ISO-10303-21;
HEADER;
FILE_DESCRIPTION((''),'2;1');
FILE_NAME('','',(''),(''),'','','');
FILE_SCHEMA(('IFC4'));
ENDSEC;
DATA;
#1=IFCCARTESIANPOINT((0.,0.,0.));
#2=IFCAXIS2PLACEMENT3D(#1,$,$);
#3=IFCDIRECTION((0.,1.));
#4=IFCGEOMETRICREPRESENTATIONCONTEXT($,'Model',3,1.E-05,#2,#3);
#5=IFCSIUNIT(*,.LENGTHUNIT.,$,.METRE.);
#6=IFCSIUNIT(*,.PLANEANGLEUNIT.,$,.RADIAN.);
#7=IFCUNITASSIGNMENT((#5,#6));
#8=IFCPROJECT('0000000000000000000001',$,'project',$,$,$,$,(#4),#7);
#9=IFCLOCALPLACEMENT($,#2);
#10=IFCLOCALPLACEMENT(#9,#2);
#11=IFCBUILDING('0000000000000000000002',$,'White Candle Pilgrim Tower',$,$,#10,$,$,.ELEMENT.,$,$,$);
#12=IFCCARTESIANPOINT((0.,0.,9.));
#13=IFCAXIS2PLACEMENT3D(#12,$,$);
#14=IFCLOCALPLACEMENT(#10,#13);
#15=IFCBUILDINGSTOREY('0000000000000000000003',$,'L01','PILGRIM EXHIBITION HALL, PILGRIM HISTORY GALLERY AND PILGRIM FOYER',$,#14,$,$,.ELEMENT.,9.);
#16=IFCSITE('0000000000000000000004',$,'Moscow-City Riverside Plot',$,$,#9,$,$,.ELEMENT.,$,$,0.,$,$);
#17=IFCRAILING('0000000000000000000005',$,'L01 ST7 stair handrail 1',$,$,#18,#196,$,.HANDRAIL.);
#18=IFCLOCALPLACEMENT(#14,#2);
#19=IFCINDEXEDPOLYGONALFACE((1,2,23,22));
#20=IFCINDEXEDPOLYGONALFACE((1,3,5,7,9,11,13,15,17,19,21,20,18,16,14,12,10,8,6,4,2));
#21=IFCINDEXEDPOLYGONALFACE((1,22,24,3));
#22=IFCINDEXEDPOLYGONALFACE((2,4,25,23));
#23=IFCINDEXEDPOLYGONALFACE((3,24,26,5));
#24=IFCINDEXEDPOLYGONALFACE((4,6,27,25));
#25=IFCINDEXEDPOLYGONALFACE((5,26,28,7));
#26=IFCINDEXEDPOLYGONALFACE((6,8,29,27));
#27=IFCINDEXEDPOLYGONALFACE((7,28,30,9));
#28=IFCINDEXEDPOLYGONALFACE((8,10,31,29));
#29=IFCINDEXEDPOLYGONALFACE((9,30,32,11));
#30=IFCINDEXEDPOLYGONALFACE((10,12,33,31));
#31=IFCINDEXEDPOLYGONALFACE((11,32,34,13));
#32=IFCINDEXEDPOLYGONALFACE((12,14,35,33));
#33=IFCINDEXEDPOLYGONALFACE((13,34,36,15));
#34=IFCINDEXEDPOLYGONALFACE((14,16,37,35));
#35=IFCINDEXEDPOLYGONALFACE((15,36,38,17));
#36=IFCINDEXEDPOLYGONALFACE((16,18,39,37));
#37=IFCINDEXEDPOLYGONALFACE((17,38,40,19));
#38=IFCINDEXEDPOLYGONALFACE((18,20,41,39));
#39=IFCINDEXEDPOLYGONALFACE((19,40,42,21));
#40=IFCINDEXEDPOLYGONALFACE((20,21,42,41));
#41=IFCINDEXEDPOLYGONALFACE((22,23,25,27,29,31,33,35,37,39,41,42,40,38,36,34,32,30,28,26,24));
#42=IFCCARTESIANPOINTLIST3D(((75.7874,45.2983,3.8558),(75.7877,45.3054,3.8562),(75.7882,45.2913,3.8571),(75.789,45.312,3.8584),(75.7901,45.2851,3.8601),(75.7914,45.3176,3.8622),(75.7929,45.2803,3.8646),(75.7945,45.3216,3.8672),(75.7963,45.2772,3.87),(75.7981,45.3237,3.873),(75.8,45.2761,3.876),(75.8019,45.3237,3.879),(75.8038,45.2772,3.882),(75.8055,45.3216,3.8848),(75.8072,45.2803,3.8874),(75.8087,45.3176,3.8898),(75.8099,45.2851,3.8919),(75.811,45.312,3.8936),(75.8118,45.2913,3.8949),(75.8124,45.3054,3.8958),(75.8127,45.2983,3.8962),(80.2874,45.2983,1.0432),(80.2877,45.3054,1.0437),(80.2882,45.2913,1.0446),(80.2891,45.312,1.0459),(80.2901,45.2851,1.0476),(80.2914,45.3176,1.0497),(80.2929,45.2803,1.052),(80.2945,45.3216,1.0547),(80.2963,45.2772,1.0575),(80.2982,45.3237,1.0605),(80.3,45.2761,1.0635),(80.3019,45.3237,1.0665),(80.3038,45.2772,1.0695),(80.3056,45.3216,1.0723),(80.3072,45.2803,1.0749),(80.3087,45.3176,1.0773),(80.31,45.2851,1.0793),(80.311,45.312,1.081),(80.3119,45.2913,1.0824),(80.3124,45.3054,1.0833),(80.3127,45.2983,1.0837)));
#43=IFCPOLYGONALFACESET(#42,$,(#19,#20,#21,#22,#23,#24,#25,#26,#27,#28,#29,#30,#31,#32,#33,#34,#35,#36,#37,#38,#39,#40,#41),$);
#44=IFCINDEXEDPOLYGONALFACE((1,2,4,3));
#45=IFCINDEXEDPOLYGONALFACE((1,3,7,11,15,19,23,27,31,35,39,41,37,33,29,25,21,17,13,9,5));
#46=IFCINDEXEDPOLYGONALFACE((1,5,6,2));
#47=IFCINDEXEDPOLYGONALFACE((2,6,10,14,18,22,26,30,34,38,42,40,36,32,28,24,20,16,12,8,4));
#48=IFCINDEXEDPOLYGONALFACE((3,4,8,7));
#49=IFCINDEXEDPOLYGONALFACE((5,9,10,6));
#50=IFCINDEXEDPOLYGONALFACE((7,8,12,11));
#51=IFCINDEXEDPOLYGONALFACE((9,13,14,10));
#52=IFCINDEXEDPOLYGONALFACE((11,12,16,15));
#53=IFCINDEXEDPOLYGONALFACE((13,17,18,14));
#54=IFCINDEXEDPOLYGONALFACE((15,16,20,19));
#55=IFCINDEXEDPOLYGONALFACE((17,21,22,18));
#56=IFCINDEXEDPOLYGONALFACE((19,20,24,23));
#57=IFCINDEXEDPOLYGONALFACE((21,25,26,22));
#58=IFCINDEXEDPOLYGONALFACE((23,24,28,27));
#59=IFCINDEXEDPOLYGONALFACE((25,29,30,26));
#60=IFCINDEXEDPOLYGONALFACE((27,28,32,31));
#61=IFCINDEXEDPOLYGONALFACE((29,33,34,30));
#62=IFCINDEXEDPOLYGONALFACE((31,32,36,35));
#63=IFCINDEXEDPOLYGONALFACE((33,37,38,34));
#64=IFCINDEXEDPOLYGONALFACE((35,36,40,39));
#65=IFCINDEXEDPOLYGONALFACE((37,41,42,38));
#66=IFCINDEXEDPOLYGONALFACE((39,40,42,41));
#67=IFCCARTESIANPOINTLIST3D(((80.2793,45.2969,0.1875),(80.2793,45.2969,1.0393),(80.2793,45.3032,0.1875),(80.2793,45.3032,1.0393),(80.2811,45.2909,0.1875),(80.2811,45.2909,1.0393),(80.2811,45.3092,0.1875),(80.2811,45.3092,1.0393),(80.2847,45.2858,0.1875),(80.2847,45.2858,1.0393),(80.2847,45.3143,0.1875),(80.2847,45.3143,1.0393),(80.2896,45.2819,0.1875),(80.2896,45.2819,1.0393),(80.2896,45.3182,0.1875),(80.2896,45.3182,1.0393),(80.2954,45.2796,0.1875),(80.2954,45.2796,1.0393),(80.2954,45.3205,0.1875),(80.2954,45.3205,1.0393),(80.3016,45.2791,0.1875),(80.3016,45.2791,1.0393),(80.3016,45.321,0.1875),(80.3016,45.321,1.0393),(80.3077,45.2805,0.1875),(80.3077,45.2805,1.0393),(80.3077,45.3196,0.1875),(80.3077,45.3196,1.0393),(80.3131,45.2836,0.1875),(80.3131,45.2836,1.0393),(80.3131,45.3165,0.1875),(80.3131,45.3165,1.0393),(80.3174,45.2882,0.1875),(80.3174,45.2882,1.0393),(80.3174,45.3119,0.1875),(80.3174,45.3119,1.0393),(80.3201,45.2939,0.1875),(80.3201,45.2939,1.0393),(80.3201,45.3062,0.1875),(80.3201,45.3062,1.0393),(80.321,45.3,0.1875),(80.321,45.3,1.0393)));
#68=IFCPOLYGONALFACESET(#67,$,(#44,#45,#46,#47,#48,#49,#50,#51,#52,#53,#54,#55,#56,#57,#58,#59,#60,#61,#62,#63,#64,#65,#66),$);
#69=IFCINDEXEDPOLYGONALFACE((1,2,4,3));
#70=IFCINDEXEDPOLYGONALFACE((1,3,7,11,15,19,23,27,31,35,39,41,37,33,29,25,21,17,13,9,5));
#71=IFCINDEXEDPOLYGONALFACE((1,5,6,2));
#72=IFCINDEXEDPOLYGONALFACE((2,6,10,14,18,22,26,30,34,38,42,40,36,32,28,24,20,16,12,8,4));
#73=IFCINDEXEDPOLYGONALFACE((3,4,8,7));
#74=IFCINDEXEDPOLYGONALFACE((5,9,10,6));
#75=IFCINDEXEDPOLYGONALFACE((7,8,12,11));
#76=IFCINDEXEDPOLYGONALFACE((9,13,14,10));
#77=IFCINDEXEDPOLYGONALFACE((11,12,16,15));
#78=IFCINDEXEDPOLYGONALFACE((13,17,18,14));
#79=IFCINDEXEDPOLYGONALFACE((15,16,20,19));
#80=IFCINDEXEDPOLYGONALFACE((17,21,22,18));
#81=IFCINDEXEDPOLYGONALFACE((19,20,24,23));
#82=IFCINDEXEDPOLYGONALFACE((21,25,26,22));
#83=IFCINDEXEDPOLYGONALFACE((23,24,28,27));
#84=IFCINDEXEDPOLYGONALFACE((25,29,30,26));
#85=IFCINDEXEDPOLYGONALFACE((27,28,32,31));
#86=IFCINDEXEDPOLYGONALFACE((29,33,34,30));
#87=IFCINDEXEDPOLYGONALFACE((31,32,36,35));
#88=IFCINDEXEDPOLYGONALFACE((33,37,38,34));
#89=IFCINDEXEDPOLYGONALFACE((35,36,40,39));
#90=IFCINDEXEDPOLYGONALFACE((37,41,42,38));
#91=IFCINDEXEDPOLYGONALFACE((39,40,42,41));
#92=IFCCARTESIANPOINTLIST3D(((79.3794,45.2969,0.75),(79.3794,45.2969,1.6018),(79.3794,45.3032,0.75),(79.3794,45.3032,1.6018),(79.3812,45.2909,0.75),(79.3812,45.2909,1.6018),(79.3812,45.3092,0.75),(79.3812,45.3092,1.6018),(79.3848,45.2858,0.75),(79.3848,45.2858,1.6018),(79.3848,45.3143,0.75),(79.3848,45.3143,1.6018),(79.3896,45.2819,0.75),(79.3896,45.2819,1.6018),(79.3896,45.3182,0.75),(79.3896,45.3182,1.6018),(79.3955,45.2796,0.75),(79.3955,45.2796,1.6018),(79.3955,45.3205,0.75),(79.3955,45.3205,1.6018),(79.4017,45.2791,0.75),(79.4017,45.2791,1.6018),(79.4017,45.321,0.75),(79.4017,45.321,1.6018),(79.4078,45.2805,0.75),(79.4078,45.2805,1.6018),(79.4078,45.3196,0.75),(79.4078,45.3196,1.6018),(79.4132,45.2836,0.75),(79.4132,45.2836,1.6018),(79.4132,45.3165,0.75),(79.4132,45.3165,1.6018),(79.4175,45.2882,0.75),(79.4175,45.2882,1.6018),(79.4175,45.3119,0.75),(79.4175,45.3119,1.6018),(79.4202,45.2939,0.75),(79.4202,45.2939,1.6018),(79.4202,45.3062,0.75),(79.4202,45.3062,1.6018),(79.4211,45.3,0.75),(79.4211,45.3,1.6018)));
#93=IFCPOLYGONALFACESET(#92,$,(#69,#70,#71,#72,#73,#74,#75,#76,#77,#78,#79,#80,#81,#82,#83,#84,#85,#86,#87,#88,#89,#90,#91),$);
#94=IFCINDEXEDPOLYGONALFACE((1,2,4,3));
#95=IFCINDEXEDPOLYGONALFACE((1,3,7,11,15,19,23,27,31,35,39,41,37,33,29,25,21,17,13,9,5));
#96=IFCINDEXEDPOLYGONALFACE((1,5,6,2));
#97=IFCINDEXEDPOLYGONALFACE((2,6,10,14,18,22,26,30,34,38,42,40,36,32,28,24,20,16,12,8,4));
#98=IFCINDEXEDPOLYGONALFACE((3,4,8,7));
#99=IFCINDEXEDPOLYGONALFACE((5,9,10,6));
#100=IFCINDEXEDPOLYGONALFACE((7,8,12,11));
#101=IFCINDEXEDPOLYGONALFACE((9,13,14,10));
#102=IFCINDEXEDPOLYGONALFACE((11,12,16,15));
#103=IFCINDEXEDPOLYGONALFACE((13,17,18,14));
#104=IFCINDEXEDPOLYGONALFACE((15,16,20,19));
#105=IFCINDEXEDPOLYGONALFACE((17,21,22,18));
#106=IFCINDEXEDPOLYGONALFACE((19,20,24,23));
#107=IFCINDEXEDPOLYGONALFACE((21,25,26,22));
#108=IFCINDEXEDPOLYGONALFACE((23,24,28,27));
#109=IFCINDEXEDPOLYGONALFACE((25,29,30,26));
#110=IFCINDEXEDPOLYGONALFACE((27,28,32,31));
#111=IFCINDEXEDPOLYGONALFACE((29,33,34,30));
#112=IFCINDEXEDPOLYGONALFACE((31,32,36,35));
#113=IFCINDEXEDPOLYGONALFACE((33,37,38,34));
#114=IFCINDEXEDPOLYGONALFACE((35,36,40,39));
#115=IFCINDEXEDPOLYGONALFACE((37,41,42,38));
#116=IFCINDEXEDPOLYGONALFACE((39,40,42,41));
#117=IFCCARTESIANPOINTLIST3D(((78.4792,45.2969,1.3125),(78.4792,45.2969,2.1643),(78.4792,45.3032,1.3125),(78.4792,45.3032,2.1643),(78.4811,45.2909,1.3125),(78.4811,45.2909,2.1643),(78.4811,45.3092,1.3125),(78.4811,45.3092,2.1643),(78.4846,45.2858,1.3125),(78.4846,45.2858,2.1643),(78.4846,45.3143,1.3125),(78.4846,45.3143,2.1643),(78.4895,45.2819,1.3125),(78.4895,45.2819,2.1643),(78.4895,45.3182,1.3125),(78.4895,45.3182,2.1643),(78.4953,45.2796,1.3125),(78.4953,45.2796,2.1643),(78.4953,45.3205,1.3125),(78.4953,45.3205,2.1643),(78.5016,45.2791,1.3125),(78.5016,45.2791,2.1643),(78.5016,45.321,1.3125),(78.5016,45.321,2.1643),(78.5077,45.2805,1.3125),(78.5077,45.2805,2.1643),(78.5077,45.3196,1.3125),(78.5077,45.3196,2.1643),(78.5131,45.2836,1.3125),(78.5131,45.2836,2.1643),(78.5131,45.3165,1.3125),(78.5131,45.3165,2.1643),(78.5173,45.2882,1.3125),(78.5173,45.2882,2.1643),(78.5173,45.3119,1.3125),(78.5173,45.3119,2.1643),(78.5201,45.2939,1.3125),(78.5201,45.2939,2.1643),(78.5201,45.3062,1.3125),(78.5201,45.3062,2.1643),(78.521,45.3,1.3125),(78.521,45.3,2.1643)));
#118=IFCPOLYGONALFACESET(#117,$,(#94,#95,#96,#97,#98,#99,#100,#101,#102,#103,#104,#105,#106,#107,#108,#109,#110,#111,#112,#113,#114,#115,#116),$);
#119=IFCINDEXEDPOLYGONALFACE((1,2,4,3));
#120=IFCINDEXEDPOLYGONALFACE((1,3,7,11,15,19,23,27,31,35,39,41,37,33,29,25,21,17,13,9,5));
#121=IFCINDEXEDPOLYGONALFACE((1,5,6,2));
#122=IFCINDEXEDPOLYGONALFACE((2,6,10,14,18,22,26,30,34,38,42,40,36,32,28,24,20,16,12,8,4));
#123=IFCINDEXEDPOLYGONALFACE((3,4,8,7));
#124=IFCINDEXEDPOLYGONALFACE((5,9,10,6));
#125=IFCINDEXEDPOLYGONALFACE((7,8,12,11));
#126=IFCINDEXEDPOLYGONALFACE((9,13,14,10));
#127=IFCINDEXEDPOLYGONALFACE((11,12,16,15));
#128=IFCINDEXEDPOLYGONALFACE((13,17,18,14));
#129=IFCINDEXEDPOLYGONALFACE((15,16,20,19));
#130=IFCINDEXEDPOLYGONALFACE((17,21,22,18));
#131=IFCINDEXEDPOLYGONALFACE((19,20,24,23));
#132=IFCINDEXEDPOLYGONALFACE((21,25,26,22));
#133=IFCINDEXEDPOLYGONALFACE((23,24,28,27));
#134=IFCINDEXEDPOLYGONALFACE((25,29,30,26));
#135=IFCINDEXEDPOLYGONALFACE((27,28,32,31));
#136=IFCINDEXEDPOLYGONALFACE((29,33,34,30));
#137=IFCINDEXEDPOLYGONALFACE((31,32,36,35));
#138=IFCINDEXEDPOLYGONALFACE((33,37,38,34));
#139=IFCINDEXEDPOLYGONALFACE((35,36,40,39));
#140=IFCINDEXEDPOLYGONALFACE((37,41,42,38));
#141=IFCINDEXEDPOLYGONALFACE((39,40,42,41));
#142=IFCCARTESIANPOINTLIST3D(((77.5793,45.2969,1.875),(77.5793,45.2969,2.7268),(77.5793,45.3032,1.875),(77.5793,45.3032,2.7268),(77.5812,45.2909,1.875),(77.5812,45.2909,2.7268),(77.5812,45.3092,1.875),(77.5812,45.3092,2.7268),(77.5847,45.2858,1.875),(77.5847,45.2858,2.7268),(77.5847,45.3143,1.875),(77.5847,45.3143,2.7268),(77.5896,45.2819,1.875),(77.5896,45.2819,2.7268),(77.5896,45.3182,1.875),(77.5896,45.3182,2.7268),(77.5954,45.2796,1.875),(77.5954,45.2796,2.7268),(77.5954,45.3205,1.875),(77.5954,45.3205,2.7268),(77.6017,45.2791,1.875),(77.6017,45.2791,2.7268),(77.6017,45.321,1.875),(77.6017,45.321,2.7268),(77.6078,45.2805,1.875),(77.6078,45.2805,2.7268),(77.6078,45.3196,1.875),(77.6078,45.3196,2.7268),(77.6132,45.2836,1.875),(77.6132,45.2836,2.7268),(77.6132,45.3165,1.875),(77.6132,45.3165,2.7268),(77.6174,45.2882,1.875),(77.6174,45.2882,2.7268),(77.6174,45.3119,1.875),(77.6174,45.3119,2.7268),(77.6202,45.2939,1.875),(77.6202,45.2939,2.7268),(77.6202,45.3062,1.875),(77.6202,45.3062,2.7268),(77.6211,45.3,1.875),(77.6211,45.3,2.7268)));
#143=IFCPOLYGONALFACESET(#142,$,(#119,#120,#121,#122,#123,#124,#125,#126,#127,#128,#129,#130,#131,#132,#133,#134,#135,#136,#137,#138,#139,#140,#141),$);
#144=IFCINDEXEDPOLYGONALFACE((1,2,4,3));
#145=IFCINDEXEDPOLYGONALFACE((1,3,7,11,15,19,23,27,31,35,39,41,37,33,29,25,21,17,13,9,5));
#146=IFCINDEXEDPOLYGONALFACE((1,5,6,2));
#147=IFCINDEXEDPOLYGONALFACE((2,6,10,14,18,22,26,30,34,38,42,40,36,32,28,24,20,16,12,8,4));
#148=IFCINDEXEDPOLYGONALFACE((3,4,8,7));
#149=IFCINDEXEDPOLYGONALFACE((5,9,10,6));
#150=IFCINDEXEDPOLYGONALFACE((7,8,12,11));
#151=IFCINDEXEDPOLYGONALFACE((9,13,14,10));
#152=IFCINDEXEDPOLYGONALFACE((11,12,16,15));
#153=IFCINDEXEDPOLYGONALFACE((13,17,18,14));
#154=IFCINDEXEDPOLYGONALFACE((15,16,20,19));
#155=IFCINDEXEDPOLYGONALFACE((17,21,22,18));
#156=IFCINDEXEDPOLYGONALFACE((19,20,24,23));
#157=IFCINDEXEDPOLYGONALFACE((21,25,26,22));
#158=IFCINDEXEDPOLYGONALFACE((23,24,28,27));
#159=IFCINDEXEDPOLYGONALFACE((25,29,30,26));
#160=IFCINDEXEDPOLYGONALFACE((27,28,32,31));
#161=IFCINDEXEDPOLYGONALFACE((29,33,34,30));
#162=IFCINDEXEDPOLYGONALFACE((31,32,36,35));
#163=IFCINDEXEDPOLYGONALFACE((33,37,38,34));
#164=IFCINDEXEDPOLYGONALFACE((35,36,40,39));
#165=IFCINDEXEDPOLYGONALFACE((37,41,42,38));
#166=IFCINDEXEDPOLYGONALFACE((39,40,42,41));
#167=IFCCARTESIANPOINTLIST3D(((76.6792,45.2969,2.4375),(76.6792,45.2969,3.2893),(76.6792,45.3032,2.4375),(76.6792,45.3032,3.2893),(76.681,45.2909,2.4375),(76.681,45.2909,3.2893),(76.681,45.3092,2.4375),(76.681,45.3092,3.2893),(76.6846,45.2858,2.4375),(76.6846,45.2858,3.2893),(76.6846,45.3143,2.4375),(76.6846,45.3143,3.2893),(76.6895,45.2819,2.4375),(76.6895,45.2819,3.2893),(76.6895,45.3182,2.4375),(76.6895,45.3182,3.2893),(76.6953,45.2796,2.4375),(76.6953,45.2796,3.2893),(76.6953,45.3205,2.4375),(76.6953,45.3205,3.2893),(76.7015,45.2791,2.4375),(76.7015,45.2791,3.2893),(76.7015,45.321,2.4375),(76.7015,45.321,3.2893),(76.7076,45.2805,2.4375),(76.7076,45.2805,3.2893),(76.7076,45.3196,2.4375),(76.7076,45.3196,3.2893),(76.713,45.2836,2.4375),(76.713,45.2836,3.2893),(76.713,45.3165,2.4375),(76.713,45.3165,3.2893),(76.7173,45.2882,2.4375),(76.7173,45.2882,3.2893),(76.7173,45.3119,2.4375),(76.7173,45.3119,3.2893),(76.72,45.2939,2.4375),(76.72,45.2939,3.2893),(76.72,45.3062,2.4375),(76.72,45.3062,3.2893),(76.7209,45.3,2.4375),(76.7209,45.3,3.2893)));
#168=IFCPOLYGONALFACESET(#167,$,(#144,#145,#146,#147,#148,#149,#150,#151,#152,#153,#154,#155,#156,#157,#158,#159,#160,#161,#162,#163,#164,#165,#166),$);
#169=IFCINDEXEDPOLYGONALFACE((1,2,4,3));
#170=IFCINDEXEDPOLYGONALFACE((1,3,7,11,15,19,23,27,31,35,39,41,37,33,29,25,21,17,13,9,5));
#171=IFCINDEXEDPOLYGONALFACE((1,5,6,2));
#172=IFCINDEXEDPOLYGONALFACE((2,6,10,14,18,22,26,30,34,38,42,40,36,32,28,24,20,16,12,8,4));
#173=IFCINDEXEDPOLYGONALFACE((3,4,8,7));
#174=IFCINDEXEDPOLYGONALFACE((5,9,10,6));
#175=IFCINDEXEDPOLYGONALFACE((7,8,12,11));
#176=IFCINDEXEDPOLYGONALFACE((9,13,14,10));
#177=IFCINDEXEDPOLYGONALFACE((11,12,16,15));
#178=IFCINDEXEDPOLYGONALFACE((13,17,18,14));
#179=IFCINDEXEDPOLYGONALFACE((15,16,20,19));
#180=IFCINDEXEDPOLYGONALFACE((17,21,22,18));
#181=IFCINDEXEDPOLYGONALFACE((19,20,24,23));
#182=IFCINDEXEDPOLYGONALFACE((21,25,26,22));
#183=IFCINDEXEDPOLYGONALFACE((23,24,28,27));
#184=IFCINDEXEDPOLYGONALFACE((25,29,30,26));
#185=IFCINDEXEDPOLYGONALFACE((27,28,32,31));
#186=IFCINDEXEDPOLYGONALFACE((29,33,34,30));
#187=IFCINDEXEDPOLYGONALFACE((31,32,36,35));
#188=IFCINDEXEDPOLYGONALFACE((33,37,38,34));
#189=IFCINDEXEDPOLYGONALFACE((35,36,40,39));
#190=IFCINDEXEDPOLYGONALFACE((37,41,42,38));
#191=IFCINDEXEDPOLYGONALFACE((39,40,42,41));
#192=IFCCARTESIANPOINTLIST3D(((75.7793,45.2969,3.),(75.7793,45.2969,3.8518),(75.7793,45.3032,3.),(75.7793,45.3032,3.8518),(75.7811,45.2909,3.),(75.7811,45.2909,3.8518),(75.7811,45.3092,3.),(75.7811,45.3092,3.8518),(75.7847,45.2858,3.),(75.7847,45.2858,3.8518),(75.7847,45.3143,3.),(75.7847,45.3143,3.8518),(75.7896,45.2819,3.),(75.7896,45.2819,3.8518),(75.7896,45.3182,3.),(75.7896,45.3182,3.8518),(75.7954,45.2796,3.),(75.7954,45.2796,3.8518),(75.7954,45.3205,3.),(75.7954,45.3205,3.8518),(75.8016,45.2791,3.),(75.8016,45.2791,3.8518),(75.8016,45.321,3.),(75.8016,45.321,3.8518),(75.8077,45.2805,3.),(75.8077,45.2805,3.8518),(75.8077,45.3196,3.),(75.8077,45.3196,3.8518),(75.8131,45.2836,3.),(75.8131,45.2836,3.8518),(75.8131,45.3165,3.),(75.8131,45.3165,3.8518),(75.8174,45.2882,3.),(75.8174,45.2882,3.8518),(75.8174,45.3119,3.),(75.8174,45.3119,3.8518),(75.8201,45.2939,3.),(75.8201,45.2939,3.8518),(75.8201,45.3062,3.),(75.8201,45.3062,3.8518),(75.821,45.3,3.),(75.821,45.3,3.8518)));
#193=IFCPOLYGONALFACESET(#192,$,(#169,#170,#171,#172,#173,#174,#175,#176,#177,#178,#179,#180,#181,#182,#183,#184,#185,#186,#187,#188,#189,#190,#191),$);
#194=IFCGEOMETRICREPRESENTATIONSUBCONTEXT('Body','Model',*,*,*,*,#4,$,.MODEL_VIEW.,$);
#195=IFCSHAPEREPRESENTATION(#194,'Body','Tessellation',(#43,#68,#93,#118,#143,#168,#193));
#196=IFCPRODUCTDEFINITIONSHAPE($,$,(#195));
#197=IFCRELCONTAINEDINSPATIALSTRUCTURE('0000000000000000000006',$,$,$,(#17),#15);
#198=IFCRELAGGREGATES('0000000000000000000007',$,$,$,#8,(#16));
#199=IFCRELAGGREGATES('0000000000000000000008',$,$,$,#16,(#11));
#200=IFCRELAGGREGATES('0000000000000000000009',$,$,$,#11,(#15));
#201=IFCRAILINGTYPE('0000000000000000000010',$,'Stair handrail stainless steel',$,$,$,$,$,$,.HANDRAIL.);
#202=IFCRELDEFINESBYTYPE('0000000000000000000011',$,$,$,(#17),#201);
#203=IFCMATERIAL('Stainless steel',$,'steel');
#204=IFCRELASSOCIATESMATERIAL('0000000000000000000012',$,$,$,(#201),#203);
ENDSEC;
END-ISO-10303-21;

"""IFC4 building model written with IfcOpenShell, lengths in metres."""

from ifc_helpers import new_model, si_unit, direction, frame, origin, origin_2d, place, context, subcontext, project, spatial, circle, extrude, material, type_object, element, save


model = new_model("IFC4")

# Units and contexts
model_context = context("Model", 3, precision=1e-05, world=origin(), true_north=direction((0.0, 1.0)))
body_context = subcontext(model_context, "Body", "Model", "MODEL_VIEW")
ifc_project = project(units=[si_unit("LENGTHUNIT", "METRE"), si_unit("PLANEANGLEUNIT", "RADIAN")], contexts=[model_context])

# Site, building, storey
site_placement = place(None, origin())
site = spatial("IfcSite", under=ifc_project, at=site_placement, Name="Moscow-City Riverside Plot", CompositionType="ELEMENT", RefElevation=0.0)
building_placement = place(site_placement, origin())
building = spatial("IfcBuilding", under=site, at=building_placement, Name="White Candle Pilgrim Tower", CompositionType="ELEMENT")
storey_placement = place(building_placement, frame((0.0, 0.0, 9.0)))
storey = spatial("IfcBuildingStorey", under=building, at=storey_placement, Name="L01", Description="PILGRIM EXHIBITION HALL, PILGRIM HISTORY GALLERY AND PILGRIM FOYER", CompositionType="ELEMENT", Elevation=9.0)

# Railing
ifc_material_1 = material(Name="Stainless steel", Category="steel")
railing_type_1 = type_object("IfcRailingType", Name="Stair handrail stainless steel", PredefinedType="HANDRAIL", material=ifc_material_1)
railing_1_placement = place(storey_placement, frame((80.3, 45.3, 0.1875)))
element("IfcRailing", 1, at=railing_1_placement, inside=storey, type_object=railing_type_1, Name="L01 ST7 stair handrail 1", PredefinedType="HANDRAIL", context=body_context, shape_type="SweptSolid", body=[
    extrude(circle(Radius=0.0239, at=origin_2d()), frame((0.0, 0.0, 0.876), z_axis=(-0.847998, 0.0, 0.529999), x_axis=(0.0, -1.0, 0.0)), (0.0, 0.0, 1.0), 5.3066),
    extrude(circle(Radius=0.021, at=origin_2d()), origin(), (0.0, 0.0, 1.0), 0.8518),
    extrude(circle(Radius=0.021, at=origin_2d()), frame((-0.8999, 0.0, 0.5625)), (0.0, 0.0, 1.0), 0.8518),
    extrude(circle(Radius=0.021, at=origin_2d()), frame((-1.8, 0.0, 1.125)), (0.0, 0.0, 1.0), 0.8518),
    extrude(circle(Radius=0.021, at=origin_2d()), frame((-2.7, 0.0, 1.6875)), (0.0, 0.0, 1.0), 0.8518),
    extrude(circle(Radius=0.021, at=origin_2d()), frame((-3.6001, 0.0, 2.25)), (0.0, 0.0, 1.0), 0.8518),
    extrude(circle(Radius=0.021, at=origin_2d()), frame((-4.5, 0.0, 2.8125)), (0.0, 0.0, 1.0), 0.8518),
])

save(model, "model.ifc")
